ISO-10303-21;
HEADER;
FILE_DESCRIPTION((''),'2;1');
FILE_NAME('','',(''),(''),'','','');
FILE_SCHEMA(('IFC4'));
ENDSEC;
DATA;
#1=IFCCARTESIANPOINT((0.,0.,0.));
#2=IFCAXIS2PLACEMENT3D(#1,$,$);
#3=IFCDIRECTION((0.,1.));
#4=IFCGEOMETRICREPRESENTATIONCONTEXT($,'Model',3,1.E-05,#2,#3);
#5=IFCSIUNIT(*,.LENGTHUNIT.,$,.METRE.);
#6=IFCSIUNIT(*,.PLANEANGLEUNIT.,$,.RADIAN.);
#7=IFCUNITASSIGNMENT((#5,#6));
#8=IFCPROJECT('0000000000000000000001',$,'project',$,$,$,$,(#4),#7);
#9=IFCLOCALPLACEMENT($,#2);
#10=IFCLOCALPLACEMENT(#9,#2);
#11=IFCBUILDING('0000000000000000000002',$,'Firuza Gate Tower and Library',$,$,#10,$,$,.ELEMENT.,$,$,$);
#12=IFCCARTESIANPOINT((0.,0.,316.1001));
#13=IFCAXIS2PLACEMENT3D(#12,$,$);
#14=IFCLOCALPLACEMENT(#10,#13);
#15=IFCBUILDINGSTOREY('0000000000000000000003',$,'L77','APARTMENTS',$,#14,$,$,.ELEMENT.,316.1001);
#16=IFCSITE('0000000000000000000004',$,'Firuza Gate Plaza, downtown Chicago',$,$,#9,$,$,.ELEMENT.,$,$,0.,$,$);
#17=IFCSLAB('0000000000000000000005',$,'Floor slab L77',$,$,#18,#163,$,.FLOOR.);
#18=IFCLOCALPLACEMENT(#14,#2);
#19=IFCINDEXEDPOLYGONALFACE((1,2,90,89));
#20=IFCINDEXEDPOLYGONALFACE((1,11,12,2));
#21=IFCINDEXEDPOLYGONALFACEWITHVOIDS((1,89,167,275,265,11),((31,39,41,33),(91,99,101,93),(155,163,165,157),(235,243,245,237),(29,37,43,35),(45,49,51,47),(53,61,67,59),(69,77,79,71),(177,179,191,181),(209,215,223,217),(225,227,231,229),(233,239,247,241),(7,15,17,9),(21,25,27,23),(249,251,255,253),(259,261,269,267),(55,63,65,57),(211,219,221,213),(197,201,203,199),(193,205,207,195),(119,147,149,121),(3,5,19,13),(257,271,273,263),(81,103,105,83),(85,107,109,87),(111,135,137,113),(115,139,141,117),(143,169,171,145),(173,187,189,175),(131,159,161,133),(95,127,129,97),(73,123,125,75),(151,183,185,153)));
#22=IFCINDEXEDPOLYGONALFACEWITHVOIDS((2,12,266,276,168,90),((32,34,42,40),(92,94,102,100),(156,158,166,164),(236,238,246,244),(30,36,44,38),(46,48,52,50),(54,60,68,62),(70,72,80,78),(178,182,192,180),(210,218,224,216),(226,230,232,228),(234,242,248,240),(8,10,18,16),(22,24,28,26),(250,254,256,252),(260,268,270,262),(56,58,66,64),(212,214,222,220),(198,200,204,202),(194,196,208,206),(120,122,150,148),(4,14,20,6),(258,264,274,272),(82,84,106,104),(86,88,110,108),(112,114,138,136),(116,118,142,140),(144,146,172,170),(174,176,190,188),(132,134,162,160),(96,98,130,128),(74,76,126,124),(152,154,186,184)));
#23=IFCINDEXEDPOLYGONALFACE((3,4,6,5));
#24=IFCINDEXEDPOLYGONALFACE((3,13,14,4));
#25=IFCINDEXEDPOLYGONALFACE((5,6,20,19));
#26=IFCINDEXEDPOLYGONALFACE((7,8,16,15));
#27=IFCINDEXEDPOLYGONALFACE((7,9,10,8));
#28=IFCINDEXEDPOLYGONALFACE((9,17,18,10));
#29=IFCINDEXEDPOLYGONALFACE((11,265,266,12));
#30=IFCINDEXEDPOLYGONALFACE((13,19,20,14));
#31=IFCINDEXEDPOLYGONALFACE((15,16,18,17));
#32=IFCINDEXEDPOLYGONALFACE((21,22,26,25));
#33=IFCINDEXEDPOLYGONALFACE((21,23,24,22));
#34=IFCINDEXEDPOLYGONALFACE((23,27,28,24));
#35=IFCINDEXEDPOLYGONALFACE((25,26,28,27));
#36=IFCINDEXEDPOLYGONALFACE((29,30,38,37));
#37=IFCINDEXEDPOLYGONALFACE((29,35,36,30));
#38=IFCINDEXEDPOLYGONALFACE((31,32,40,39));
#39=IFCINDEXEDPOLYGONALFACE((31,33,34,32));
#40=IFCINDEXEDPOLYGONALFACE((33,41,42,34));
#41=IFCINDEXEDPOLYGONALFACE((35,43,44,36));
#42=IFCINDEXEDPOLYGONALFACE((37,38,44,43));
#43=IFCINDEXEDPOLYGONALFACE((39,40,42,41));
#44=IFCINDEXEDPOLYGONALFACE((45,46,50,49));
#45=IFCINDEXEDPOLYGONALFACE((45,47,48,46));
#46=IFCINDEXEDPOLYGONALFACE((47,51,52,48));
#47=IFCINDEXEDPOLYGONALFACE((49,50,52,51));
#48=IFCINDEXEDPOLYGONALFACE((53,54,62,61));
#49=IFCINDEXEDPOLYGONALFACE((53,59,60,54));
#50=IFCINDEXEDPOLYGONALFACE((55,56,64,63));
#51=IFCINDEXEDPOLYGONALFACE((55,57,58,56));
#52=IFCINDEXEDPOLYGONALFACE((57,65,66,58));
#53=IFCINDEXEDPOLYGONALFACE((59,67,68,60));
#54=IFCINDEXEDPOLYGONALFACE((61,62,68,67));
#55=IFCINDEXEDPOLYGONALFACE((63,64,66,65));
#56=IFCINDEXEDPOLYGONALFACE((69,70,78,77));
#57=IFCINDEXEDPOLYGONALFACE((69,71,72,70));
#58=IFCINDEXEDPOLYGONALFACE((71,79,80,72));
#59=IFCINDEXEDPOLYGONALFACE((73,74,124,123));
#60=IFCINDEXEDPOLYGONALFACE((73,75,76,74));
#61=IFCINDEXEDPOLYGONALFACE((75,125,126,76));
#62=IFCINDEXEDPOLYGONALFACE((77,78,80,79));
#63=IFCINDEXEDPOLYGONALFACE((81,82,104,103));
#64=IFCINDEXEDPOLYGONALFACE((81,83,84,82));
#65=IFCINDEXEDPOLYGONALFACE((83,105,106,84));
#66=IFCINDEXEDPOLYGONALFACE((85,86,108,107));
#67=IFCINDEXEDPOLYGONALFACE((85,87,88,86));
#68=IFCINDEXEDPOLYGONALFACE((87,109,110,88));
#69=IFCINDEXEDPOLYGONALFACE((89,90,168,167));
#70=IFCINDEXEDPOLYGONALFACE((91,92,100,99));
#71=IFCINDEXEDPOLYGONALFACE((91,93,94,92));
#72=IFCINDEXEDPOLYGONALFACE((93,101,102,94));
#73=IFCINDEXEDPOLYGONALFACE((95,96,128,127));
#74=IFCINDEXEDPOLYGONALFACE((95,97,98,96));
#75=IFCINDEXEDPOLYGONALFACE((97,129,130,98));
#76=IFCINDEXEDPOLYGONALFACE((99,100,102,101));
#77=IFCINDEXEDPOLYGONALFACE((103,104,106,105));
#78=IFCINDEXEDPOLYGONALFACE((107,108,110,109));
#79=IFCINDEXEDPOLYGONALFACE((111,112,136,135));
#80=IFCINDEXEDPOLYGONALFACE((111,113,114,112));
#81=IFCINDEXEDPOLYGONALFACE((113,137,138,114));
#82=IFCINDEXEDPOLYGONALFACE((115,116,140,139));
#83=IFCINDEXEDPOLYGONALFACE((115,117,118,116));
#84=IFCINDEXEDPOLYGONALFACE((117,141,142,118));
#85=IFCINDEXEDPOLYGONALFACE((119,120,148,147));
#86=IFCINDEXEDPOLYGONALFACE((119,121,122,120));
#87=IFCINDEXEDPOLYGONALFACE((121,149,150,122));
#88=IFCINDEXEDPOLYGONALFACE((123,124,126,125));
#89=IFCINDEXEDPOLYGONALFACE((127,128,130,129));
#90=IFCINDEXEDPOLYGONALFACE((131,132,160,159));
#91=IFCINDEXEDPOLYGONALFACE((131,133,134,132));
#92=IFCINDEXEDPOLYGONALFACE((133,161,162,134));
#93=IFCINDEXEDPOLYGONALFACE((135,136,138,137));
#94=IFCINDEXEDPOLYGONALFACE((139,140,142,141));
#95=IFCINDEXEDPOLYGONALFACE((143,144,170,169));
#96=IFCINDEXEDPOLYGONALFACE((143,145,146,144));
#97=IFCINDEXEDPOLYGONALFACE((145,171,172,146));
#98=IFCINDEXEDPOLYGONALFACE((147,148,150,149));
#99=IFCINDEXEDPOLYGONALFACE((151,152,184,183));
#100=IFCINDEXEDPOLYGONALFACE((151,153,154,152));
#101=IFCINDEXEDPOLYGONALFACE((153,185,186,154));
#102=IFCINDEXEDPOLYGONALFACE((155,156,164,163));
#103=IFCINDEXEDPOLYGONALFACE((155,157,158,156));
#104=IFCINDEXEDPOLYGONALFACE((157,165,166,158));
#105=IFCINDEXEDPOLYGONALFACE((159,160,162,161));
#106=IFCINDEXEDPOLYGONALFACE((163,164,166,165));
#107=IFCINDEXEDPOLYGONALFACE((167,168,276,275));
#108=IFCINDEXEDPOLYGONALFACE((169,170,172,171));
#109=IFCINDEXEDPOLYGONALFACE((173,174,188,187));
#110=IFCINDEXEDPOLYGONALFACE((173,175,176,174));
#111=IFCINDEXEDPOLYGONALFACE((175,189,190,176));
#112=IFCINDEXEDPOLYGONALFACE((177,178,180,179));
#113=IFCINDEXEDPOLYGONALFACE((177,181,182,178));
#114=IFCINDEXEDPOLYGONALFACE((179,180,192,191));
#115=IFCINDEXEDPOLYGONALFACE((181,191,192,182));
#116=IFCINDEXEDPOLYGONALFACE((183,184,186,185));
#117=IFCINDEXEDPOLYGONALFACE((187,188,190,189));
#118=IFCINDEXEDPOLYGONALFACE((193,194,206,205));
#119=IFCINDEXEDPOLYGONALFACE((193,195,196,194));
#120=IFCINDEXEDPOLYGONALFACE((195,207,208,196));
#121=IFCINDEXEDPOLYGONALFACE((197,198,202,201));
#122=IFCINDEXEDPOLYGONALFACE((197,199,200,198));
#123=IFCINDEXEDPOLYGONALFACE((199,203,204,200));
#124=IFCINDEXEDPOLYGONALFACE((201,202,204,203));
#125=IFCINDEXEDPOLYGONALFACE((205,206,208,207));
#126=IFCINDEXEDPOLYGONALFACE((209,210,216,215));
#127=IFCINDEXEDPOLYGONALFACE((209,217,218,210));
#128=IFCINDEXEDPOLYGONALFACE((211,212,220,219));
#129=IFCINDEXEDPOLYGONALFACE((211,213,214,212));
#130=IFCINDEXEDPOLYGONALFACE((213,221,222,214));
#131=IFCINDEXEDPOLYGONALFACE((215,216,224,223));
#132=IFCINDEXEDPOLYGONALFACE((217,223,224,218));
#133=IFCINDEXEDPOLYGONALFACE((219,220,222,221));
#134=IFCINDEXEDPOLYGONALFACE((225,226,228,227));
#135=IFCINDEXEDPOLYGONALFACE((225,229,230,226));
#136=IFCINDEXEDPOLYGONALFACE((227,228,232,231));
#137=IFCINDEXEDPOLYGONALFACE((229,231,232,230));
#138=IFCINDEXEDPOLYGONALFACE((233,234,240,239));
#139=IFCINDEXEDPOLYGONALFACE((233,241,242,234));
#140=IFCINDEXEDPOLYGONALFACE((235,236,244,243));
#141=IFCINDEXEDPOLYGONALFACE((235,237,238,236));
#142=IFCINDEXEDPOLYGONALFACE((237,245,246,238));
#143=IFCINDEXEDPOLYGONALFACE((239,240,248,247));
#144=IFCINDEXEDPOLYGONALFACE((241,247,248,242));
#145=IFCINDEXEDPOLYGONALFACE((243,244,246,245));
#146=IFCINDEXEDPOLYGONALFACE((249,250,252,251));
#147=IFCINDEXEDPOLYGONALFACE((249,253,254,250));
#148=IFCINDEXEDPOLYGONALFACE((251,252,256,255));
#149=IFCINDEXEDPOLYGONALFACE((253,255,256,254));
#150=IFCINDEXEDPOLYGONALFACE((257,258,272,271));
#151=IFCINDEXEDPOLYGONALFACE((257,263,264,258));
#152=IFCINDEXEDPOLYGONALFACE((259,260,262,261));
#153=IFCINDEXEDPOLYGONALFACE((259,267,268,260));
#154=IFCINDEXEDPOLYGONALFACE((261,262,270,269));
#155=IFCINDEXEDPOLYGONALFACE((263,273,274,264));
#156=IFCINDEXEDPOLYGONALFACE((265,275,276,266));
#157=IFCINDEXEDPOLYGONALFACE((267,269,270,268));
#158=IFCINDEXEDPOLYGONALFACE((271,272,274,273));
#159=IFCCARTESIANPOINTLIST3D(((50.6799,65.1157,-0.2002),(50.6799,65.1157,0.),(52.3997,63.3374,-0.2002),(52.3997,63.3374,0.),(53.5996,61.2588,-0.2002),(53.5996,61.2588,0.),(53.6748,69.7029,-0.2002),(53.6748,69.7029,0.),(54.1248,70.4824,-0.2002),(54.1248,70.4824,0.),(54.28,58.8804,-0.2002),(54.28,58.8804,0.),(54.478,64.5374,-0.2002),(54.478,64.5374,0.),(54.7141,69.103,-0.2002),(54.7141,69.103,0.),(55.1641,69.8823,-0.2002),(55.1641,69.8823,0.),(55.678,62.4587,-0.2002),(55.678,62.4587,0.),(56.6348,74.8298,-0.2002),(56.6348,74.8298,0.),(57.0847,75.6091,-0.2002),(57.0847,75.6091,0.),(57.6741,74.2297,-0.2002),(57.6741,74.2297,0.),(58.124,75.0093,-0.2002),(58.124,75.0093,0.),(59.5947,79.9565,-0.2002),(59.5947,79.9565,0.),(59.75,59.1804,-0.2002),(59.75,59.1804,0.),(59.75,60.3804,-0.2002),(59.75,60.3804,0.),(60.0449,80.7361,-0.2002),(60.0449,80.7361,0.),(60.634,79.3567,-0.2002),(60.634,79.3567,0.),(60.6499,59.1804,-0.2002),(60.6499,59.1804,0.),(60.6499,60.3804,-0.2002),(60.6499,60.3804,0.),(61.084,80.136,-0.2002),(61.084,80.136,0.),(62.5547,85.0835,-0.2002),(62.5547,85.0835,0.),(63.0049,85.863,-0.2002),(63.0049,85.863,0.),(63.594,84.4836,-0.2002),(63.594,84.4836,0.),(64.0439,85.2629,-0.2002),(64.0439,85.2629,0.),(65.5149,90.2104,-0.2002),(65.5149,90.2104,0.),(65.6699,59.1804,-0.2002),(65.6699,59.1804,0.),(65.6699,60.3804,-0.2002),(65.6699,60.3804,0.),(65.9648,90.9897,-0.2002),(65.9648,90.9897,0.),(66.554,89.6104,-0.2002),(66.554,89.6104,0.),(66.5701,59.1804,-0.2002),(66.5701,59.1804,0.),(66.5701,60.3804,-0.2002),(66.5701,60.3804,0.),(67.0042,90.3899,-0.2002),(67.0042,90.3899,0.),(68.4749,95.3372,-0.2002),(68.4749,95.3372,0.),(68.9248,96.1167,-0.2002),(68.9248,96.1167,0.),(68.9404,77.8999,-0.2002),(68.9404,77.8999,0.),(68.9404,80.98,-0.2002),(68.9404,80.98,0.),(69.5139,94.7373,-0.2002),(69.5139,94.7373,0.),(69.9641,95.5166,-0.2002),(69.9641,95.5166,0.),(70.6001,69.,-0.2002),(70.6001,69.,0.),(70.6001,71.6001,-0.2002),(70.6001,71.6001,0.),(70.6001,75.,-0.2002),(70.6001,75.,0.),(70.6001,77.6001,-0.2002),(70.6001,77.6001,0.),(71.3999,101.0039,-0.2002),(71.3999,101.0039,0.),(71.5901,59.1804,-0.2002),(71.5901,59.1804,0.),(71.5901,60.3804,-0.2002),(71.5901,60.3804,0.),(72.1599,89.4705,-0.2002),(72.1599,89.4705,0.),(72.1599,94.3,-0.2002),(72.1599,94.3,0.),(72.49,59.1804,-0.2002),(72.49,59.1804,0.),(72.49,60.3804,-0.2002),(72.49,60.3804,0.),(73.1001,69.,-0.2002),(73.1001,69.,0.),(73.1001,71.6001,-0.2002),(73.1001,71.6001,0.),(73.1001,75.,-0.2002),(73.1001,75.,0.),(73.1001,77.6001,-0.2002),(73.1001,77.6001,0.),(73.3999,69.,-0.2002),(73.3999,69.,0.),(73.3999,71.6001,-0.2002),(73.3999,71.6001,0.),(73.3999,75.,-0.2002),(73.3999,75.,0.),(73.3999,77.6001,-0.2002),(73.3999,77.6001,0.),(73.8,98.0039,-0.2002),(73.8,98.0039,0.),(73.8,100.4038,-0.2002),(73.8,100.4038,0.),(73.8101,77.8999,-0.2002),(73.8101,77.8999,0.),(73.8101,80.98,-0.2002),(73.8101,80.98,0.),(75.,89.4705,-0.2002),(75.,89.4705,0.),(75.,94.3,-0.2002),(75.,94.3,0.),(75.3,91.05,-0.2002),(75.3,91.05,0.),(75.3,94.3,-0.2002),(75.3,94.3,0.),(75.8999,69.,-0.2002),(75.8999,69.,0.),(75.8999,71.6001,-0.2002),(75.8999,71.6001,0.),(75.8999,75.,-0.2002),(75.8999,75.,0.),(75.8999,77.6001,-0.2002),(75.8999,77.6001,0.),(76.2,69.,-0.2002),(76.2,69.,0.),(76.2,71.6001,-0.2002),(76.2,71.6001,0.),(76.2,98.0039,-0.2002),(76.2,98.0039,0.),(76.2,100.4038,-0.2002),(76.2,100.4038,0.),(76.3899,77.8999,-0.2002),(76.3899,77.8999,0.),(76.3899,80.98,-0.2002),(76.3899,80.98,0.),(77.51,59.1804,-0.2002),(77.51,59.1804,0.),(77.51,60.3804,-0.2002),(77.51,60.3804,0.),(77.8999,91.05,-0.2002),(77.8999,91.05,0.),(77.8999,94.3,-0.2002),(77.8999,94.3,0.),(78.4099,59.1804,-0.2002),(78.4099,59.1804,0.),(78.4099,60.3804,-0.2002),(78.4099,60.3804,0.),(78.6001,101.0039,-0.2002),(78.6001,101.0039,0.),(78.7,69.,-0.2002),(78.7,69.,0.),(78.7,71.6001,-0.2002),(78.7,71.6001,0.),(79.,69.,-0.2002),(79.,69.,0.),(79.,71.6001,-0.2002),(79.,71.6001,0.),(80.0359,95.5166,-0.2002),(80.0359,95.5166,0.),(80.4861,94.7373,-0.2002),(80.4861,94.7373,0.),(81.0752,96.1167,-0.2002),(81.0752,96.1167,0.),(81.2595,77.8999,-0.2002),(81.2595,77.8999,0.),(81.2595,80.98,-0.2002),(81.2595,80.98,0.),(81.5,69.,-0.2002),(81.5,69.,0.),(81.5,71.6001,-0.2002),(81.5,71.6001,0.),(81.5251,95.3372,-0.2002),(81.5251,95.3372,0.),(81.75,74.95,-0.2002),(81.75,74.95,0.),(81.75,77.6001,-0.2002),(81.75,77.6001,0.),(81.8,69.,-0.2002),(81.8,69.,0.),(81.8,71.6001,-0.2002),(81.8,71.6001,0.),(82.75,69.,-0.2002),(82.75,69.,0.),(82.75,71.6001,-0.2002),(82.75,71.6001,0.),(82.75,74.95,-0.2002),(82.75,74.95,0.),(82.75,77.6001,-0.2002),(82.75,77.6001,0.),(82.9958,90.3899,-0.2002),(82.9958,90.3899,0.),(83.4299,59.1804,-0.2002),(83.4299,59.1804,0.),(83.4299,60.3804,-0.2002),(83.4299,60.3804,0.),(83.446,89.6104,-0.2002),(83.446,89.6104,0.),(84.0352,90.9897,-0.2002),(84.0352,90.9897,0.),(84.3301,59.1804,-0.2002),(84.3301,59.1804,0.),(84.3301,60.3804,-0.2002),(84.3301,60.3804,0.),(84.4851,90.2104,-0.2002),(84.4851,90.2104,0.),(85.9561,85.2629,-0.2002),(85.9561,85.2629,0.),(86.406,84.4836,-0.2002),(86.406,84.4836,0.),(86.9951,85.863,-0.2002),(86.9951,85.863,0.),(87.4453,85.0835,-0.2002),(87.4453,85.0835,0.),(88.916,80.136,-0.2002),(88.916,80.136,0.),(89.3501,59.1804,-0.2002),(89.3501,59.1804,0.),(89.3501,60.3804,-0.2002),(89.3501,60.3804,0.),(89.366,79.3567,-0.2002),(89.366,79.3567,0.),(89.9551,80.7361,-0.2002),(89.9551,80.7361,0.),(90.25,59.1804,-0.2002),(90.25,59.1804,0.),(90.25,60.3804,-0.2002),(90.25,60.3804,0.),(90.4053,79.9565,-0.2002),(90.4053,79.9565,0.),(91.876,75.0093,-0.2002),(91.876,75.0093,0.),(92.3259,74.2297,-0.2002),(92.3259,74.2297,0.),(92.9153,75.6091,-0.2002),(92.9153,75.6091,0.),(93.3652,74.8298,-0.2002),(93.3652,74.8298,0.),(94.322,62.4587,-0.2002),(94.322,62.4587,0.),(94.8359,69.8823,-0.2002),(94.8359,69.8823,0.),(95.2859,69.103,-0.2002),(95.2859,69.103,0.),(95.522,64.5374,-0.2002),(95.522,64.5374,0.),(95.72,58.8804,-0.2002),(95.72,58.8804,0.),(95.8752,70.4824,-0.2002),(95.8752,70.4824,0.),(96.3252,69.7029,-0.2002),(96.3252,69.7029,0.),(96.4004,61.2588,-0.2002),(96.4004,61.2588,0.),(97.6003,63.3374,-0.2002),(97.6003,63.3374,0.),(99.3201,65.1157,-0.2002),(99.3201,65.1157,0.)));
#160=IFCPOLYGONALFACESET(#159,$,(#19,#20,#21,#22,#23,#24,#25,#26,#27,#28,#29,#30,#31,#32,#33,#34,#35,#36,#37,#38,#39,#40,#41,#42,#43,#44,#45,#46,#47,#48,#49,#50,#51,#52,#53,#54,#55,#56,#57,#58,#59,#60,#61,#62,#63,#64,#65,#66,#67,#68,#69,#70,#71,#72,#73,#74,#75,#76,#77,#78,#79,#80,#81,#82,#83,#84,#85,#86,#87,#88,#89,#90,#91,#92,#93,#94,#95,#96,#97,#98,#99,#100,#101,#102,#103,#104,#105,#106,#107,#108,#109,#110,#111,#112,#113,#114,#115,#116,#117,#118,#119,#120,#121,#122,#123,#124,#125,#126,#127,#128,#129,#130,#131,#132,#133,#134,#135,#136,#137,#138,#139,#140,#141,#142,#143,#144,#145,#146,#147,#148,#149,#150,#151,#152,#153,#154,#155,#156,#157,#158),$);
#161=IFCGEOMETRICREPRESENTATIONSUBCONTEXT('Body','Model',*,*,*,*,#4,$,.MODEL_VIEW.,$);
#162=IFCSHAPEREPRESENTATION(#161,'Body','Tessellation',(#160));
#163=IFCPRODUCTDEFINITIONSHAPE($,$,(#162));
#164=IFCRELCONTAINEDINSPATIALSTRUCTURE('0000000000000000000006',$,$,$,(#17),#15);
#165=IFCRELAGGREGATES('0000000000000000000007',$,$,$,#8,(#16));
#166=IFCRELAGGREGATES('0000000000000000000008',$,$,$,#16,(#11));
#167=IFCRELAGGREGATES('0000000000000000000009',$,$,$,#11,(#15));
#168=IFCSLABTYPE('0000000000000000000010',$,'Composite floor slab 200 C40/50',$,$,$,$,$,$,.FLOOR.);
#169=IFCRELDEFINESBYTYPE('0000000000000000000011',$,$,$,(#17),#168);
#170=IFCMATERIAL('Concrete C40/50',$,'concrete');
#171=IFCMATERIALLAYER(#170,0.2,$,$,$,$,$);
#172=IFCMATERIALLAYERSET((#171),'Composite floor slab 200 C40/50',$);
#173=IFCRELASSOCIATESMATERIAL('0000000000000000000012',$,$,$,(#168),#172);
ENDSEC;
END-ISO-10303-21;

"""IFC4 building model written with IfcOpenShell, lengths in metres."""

from ifc_helpers import new_model, si_unit, direction, frame, origin, place, context, subcontext, project, spatial, polyline, outline, extrude, material, layer, layer_set, type_object, element, save


model = new_model("IFC4")

# Units and contexts
model_context = context("Model", 3, precision=1e-05, world=origin(), true_north=direction((0.0, 1.0)))
body_context = subcontext(model_context, "Body", "Model", "MODEL_VIEW")
ifc_project = project(units=[si_unit("LENGTHUNIT", "METRE"), si_unit("PLANEANGLEUNIT", "RADIAN")], contexts=[model_context])

# Site, building, storey
site_placement = place(None, origin())
site = spatial("IfcSite", under=ifc_project, at=site_placement, Name="Firuza Gate Plaza, downtown Chicago", CompositionType="ELEMENT", RefElevation=0.0)
building_placement = place(site_placement, origin())
building = spatial("IfcBuilding", under=site, at=building_placement, Name="Firuza Gate Tower and Library", CompositionType="ELEMENT")
storey_placement = place(building_placement, frame((0.0, 0.0, 316.1001)))
storey = spatial("IfcBuildingStorey", under=building, at=storey_placement, Name="L77", Description="APARTMENTS", CompositionType="ELEMENT", Elevation=316.1001)

# Slab
ifc_material_1 = material(Name="Concrete C40/50", Category="concrete")
ifc_layer_1 = layer(ifc_material_1, 0.2)
ifc_layer_set_1 = layer_set([ifc_layer_1], Name="Composite floor slab 200 C40/50")
slab_type_1 = type_object("IfcSlabType", Name="Composite floor slab 200 C40/50", PredefinedType="FLOOR", material=ifc_layer_set_1)
slab_1_placement = place(storey_placement, frame((0.0, 0.0, -0.2002)))
element("IfcSlab", 1, at=slab_1_placement, inside=storey, type_object=slab_type_1, Name="Floor slab L77", PredefinedType="FLOOR", context=body_context, shape_type="SweptSolid", body=[
    extrude(outline(polyline([(50.6799, 65.1157), (54.28, 58.8804), (95.72, 58.8804), (99.3201, 65.1157), (78.6001, 101.0039), (71.3999, 101.0039), (50.6799, 65.1157)]), holes=[polyline([(59.75, 59.1804), (59.75, 60.3804), (60.6499, 60.3804), (60.6499, 59.1804), (59.75, 59.1804)]), polyline([(65.6699, 59.1804), (65.6699, 60.3804), (66.5701, 60.3804), (66.5701, 59.1804), (65.6699, 59.1804)]), polyline([(71.5901, 59.1804), (71.5901, 60.3804), (72.49, 60.3804), (72.49, 59.1804), (71.5901, 59.1804)]), polyline([(52.3997, 63.3374), (54.478, 64.5374), (55.678, 62.4587), (53.5996, 61.2588), (52.3997, 63.3374)]), polyline([(54.1248, 70.4824), (55.1641, 69.8823), (54.7141, 69.103), (53.6748, 69.7029), (54.1248, 70.4824)]), polyline([(73.1001, 69.0), (70.6001, 69.0), (70.6001, 71.6001), (73.1001, 71.6001), (73.1001, 69.0)]), polyline([(75.8999, 69.0), (73.3999, 69.0), (73.3999, 71.6001), (75.8999, 71.6001), (75.8999, 69.0)]), polyline([(57.0847, 75.6091), (58.124, 75.0093), (57.6741, 74.2297), (56.6348, 74.8298), (57.0847, 75.6091)]), polyline([(73.1001, 75.0), (70.6001, 75.0), (70.6001, 77.6001), (73.1001, 77.6001), (73.1001, 75.0)]), polyline([(75.8999, 75.0), (73.3999, 75.0), (73.3999, 77.6001), (75.8999, 77.6001), (75.8999, 75.0)]), polyline([(68.9404, 77.8999), (68.9404, 80.98), (73.8101, 80.98), (73.8101, 77.8999), (68.9404, 77.8999)]), polyline([(60.0449, 80.7361), (61.084, 80.136), (60.634, 79.3567), (59.5947, 79.9565), (60.0449, 80.7361)]), polyline([(63.0049, 85.863), (64.0439, 85.2629), (63.594, 84.4836), (62.5547, 85.0835), (63.0049, 85.863)]), polyline([(65.9648, 90.9897), (67.0042, 90.3899), (66.554, 89.6104), (65.5149, 90.2104), (65.9648, 90.9897)]), polyline([(72.1599, 89.4705), (72.1599, 94.3), (75.0, 94.3), (75.0, 89.4705), (72.1599, 89.4705)]), polyline([(68.9248, 96.1167), (69.9641, 95.5166), (69.5139, 94.7373), (68.4749, 95.3372), (68.9248, 96.1167)]), polyline([(76.2, 100.4038), (76.2, 98.0039), (73.8, 98.0039), (73.8, 100.4038), (76.2, 100.4038)]), polyline([(77.51, 59.1804), (77.51, 60.3804), (78.4099, 60.3804), (78.4099, 59.1804), (77.51, 59.1804)]), polyline([(83.4299, 59.1804), (83.4299, 60.3804), (84.3301, 60.3804), (84.3301, 59.1804), (83.4299, 59.1804)]), polyline([(89.3501, 59.1804), (89.3501, 60.3804), (90.25, 60.3804), (90.25, 59.1804), (89.3501, 59.1804)]), polyline([(96.4004, 61.2588), (94.322, 62.4587), (95.522, 64.5374), (97.6003, 63.3374), (96.4004, 61.2588)]), polyline([(96.3252, 69.7029), (95.2859, 69.103), (94.8359, 69.8823), (95.8752, 70.4824), (96.3252, 69.7029)]), polyline([(78.7, 69.0), (76.2, 69.0), (76.2, 71.6001), (78.7, 71.6001), (78.7, 69.0)]), polyline([(81.5, 69.0), (79.0, 69.0), (79.0, 71.6001), (81.5, 71.6001), (81.5, 69.0)]), polyline([(82.75, 69.0), (81.8, 69.0), (81.8, 71.6001), (82.75, 71.6001), (82.75, 69.0)]), polyline([(93.3652, 74.8298), (92.3259, 74.2297), (91.876, 75.0093), (92.9153, 75.6091), (93.3652, 74.8298)]), polyline([(82.75, 74.95), (81.75, 74.95), (81.75, 77.6001), (82.75, 77.6001), (82.75, 74.95)]), polyline([(81.2595, 80.98), (81.2595, 77.8999), (76.3899, 77.8999), (76.3899, 80.98), (81.2595, 80.98)]), polyline([(90.4053, 79.9565), (89.366, 79.3567), (88.916, 80.136), (89.9551, 80.7361), (90.4053, 79.9565)]), polyline([(87.4453, 85.0835), (86.406, 84.4836), (85.9561, 85.2629), (86.9951, 85.863), (87.4453, 85.0835)]), polyline([(84.4851, 90.2104), (83.446, 89.6104), (82.9958, 90.3899), (84.0352, 90.9897), (84.4851, 90.2104)]), polyline([(75.3, 91.05), (75.3, 94.3), (77.8999, 94.3), (77.8999, 91.05), (75.3, 91.05)]), polyline([(80.4861, 94.7373), (80.0359, 95.5166), (81.0752, 96.1167), (81.5251, 95.3372), (80.4861, 94.7373)])]), origin(), (0.0, 0.0, 1.0), 0.2002),
])

save(model, "model.ifc")
